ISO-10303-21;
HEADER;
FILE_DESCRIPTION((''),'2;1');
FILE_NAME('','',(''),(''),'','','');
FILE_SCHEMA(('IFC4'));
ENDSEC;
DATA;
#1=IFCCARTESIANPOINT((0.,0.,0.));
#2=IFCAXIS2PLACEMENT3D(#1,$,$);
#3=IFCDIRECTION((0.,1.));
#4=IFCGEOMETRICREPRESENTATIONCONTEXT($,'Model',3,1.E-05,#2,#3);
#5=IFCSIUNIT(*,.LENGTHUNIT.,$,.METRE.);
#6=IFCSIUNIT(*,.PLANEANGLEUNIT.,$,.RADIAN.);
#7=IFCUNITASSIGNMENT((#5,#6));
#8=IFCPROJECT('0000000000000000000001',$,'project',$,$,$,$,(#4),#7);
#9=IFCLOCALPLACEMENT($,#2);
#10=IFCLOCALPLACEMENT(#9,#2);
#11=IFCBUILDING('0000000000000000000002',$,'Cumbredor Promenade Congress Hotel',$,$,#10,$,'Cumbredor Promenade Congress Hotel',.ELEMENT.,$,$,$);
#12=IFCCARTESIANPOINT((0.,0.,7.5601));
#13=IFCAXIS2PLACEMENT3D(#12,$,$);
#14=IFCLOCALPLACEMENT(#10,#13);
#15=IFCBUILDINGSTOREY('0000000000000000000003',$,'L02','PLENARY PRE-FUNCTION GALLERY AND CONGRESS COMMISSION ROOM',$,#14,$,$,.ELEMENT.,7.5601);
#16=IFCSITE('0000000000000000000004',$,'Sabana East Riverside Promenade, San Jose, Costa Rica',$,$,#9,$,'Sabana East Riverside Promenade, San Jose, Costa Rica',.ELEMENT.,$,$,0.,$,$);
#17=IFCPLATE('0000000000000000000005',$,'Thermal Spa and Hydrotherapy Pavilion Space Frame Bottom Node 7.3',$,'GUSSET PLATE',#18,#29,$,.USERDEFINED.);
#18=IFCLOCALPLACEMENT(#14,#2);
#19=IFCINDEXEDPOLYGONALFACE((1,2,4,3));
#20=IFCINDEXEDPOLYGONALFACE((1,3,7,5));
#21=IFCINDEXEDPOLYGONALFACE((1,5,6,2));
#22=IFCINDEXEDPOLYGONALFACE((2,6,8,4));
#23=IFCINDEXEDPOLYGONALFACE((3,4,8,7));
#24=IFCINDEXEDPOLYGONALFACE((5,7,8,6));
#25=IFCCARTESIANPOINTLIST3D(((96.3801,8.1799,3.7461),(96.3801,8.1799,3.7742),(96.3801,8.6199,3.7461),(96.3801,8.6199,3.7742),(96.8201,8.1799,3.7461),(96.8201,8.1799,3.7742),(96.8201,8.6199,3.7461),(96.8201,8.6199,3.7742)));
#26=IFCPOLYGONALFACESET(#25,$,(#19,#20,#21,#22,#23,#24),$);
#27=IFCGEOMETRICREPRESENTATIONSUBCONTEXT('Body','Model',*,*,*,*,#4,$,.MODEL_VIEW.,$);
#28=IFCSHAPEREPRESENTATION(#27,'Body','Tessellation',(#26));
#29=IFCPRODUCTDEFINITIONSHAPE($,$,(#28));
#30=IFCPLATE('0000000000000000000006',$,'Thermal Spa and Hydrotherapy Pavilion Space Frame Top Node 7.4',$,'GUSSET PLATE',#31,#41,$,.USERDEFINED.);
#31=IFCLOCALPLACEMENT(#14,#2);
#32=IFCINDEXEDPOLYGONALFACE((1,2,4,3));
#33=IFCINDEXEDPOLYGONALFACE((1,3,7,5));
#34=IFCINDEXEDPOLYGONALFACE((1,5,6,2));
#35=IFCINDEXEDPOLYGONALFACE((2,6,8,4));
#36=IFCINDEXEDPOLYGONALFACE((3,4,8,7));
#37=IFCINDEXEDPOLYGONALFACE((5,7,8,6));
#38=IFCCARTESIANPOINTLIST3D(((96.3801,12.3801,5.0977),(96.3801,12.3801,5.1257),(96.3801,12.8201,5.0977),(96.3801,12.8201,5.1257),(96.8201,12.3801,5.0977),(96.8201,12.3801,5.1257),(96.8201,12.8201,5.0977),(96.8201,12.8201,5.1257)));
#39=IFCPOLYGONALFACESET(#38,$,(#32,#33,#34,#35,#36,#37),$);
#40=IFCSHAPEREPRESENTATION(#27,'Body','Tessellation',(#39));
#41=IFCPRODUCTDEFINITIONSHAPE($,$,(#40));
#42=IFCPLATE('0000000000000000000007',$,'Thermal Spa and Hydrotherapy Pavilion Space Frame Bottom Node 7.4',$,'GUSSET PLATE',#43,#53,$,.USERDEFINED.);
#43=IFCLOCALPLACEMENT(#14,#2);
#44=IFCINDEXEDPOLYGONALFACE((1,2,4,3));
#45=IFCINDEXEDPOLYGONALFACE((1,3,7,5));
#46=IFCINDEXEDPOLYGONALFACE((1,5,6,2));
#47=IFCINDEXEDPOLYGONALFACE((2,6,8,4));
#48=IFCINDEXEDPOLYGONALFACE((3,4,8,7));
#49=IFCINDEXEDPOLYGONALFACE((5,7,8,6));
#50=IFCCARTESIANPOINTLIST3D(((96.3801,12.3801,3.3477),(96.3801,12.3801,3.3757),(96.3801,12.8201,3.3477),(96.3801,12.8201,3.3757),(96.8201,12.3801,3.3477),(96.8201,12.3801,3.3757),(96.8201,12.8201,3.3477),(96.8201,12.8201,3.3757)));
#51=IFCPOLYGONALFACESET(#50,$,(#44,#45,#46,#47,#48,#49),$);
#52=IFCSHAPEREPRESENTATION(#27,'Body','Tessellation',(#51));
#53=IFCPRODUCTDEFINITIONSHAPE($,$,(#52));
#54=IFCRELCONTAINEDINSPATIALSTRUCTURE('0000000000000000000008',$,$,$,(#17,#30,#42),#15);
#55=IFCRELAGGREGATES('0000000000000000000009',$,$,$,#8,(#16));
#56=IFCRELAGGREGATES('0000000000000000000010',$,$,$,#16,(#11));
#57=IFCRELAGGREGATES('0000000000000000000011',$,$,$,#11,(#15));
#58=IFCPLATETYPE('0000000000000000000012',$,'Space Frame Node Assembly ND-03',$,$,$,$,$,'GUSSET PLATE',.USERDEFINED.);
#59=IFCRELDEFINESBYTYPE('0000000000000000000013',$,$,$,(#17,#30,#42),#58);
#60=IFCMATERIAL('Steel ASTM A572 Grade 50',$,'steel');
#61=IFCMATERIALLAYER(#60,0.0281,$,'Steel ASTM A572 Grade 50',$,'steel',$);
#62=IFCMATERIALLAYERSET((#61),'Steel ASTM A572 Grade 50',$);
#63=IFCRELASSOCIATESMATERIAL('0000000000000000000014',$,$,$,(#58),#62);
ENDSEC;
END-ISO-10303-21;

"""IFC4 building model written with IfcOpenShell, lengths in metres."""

from ifc_helpers import new_model, si_unit, direction, frame, origin, origin_2d, place, context, subcontext, project, spatial, rectangle, extrude, material, layer, layer_set, type_object, element, save


model = new_model("IFC4")

# Units and contexts
model_context = context("Model", 3, precision=1e-05, world=origin(), true_north=direction((0.0, 1.0)))
body_context = subcontext(model_context, "Body", "Model", "MODEL_VIEW")
ifc_project = project(units=[si_unit("LENGTHUNIT", "METRE"), si_unit("PLANEANGLEUNIT", "RADIAN")], contexts=[model_context])

# Site, building, storey
site_placement = place(None, origin())
site = spatial("IfcSite", under=ifc_project, at=site_placement, Name="Sabana East Riverside Promenade, San Jose, Costa Rica", LongName="Sabana East Riverside Promenade, San Jose, Costa Rica", CompositionType="ELEMENT", RefElevation=0.0)
building_placement = place(site_placement, origin())
building = spatial("IfcBuilding", under=site, at=building_placement, Name="Cumbredor Promenade Congress Hotel", LongName="Cumbredor Promenade Congress Hotel", CompositionType="ELEMENT")
storey_placement = place(building_placement, frame((0.0, 0.0, 7.5601)))
storey = spatial("IfcBuildingStorey", under=building, at=storey_placement, Name="L02", Description="PLENARY PRE-FUNCTION GALLERY AND CONGRESS COMMISSION ROOM", CompositionType="ELEMENT", Elevation=7.5601)

# Plates
ifc_material_1 = material(Name="Steel ASTM A572 Grade 50", Category="steel")
ifc_layer_1 = layer(ifc_material_1, 0.0281, Name="Steel ASTM A572 Grade 50", Category="steel")
ifc_layer_set_1 = layer_set([ifc_layer_1], Name="Steel ASTM A572 Grade 50")
plate_type_1 = type_object("IfcPlateType", Name="Space Frame Node Assembly ND-03", ElementType="GUSSET PLATE", PredefinedType="USERDEFINED", material=ifc_layer_set_1)
for number, where, z_axis, x_axis, name in (
    (1, (96.6001, 8.3999, 3.7461), (0.0, 0.0, 1.0), (1.0, 0.0, 0.0), "Thermal Spa and Hydrotherapy Pavilion Space Frame Bottom Node 7.3"),
    (2, (96.6001, 12.6001, 5.0977), (0.0, 0.0, 1.0), (1.0, 0.0, 0.0), "Thermal Spa and Hydrotherapy Pavilion Space Frame Top Node 7.4"),
    (3, (96.6001, 12.6001, 3.3477), (0.0, 0.0, 1.0), (1.0, 0.0, 0.0), "Thermal Spa and Hydrotherapy Pavilion Space Frame Bottom Node 7.4"),
):
    element("IfcPlate", number, at=place(storey_placement, frame(where, z_axis=z_axis, x_axis=x_axis)), inside=storey, type_object=plate_type_1, Name=name, ObjectType="GUSSET PLATE", PredefinedType="USERDEFINED", context=body_context, shape_type="SweptSolid", body=[
        extrude(rectangle(XDim=0.4399, YDim=0.4399, at=origin_2d()), origin(), (0.0, 0.0, 1.0), 0.0281),
    ])

save(model, "model.ifc")
